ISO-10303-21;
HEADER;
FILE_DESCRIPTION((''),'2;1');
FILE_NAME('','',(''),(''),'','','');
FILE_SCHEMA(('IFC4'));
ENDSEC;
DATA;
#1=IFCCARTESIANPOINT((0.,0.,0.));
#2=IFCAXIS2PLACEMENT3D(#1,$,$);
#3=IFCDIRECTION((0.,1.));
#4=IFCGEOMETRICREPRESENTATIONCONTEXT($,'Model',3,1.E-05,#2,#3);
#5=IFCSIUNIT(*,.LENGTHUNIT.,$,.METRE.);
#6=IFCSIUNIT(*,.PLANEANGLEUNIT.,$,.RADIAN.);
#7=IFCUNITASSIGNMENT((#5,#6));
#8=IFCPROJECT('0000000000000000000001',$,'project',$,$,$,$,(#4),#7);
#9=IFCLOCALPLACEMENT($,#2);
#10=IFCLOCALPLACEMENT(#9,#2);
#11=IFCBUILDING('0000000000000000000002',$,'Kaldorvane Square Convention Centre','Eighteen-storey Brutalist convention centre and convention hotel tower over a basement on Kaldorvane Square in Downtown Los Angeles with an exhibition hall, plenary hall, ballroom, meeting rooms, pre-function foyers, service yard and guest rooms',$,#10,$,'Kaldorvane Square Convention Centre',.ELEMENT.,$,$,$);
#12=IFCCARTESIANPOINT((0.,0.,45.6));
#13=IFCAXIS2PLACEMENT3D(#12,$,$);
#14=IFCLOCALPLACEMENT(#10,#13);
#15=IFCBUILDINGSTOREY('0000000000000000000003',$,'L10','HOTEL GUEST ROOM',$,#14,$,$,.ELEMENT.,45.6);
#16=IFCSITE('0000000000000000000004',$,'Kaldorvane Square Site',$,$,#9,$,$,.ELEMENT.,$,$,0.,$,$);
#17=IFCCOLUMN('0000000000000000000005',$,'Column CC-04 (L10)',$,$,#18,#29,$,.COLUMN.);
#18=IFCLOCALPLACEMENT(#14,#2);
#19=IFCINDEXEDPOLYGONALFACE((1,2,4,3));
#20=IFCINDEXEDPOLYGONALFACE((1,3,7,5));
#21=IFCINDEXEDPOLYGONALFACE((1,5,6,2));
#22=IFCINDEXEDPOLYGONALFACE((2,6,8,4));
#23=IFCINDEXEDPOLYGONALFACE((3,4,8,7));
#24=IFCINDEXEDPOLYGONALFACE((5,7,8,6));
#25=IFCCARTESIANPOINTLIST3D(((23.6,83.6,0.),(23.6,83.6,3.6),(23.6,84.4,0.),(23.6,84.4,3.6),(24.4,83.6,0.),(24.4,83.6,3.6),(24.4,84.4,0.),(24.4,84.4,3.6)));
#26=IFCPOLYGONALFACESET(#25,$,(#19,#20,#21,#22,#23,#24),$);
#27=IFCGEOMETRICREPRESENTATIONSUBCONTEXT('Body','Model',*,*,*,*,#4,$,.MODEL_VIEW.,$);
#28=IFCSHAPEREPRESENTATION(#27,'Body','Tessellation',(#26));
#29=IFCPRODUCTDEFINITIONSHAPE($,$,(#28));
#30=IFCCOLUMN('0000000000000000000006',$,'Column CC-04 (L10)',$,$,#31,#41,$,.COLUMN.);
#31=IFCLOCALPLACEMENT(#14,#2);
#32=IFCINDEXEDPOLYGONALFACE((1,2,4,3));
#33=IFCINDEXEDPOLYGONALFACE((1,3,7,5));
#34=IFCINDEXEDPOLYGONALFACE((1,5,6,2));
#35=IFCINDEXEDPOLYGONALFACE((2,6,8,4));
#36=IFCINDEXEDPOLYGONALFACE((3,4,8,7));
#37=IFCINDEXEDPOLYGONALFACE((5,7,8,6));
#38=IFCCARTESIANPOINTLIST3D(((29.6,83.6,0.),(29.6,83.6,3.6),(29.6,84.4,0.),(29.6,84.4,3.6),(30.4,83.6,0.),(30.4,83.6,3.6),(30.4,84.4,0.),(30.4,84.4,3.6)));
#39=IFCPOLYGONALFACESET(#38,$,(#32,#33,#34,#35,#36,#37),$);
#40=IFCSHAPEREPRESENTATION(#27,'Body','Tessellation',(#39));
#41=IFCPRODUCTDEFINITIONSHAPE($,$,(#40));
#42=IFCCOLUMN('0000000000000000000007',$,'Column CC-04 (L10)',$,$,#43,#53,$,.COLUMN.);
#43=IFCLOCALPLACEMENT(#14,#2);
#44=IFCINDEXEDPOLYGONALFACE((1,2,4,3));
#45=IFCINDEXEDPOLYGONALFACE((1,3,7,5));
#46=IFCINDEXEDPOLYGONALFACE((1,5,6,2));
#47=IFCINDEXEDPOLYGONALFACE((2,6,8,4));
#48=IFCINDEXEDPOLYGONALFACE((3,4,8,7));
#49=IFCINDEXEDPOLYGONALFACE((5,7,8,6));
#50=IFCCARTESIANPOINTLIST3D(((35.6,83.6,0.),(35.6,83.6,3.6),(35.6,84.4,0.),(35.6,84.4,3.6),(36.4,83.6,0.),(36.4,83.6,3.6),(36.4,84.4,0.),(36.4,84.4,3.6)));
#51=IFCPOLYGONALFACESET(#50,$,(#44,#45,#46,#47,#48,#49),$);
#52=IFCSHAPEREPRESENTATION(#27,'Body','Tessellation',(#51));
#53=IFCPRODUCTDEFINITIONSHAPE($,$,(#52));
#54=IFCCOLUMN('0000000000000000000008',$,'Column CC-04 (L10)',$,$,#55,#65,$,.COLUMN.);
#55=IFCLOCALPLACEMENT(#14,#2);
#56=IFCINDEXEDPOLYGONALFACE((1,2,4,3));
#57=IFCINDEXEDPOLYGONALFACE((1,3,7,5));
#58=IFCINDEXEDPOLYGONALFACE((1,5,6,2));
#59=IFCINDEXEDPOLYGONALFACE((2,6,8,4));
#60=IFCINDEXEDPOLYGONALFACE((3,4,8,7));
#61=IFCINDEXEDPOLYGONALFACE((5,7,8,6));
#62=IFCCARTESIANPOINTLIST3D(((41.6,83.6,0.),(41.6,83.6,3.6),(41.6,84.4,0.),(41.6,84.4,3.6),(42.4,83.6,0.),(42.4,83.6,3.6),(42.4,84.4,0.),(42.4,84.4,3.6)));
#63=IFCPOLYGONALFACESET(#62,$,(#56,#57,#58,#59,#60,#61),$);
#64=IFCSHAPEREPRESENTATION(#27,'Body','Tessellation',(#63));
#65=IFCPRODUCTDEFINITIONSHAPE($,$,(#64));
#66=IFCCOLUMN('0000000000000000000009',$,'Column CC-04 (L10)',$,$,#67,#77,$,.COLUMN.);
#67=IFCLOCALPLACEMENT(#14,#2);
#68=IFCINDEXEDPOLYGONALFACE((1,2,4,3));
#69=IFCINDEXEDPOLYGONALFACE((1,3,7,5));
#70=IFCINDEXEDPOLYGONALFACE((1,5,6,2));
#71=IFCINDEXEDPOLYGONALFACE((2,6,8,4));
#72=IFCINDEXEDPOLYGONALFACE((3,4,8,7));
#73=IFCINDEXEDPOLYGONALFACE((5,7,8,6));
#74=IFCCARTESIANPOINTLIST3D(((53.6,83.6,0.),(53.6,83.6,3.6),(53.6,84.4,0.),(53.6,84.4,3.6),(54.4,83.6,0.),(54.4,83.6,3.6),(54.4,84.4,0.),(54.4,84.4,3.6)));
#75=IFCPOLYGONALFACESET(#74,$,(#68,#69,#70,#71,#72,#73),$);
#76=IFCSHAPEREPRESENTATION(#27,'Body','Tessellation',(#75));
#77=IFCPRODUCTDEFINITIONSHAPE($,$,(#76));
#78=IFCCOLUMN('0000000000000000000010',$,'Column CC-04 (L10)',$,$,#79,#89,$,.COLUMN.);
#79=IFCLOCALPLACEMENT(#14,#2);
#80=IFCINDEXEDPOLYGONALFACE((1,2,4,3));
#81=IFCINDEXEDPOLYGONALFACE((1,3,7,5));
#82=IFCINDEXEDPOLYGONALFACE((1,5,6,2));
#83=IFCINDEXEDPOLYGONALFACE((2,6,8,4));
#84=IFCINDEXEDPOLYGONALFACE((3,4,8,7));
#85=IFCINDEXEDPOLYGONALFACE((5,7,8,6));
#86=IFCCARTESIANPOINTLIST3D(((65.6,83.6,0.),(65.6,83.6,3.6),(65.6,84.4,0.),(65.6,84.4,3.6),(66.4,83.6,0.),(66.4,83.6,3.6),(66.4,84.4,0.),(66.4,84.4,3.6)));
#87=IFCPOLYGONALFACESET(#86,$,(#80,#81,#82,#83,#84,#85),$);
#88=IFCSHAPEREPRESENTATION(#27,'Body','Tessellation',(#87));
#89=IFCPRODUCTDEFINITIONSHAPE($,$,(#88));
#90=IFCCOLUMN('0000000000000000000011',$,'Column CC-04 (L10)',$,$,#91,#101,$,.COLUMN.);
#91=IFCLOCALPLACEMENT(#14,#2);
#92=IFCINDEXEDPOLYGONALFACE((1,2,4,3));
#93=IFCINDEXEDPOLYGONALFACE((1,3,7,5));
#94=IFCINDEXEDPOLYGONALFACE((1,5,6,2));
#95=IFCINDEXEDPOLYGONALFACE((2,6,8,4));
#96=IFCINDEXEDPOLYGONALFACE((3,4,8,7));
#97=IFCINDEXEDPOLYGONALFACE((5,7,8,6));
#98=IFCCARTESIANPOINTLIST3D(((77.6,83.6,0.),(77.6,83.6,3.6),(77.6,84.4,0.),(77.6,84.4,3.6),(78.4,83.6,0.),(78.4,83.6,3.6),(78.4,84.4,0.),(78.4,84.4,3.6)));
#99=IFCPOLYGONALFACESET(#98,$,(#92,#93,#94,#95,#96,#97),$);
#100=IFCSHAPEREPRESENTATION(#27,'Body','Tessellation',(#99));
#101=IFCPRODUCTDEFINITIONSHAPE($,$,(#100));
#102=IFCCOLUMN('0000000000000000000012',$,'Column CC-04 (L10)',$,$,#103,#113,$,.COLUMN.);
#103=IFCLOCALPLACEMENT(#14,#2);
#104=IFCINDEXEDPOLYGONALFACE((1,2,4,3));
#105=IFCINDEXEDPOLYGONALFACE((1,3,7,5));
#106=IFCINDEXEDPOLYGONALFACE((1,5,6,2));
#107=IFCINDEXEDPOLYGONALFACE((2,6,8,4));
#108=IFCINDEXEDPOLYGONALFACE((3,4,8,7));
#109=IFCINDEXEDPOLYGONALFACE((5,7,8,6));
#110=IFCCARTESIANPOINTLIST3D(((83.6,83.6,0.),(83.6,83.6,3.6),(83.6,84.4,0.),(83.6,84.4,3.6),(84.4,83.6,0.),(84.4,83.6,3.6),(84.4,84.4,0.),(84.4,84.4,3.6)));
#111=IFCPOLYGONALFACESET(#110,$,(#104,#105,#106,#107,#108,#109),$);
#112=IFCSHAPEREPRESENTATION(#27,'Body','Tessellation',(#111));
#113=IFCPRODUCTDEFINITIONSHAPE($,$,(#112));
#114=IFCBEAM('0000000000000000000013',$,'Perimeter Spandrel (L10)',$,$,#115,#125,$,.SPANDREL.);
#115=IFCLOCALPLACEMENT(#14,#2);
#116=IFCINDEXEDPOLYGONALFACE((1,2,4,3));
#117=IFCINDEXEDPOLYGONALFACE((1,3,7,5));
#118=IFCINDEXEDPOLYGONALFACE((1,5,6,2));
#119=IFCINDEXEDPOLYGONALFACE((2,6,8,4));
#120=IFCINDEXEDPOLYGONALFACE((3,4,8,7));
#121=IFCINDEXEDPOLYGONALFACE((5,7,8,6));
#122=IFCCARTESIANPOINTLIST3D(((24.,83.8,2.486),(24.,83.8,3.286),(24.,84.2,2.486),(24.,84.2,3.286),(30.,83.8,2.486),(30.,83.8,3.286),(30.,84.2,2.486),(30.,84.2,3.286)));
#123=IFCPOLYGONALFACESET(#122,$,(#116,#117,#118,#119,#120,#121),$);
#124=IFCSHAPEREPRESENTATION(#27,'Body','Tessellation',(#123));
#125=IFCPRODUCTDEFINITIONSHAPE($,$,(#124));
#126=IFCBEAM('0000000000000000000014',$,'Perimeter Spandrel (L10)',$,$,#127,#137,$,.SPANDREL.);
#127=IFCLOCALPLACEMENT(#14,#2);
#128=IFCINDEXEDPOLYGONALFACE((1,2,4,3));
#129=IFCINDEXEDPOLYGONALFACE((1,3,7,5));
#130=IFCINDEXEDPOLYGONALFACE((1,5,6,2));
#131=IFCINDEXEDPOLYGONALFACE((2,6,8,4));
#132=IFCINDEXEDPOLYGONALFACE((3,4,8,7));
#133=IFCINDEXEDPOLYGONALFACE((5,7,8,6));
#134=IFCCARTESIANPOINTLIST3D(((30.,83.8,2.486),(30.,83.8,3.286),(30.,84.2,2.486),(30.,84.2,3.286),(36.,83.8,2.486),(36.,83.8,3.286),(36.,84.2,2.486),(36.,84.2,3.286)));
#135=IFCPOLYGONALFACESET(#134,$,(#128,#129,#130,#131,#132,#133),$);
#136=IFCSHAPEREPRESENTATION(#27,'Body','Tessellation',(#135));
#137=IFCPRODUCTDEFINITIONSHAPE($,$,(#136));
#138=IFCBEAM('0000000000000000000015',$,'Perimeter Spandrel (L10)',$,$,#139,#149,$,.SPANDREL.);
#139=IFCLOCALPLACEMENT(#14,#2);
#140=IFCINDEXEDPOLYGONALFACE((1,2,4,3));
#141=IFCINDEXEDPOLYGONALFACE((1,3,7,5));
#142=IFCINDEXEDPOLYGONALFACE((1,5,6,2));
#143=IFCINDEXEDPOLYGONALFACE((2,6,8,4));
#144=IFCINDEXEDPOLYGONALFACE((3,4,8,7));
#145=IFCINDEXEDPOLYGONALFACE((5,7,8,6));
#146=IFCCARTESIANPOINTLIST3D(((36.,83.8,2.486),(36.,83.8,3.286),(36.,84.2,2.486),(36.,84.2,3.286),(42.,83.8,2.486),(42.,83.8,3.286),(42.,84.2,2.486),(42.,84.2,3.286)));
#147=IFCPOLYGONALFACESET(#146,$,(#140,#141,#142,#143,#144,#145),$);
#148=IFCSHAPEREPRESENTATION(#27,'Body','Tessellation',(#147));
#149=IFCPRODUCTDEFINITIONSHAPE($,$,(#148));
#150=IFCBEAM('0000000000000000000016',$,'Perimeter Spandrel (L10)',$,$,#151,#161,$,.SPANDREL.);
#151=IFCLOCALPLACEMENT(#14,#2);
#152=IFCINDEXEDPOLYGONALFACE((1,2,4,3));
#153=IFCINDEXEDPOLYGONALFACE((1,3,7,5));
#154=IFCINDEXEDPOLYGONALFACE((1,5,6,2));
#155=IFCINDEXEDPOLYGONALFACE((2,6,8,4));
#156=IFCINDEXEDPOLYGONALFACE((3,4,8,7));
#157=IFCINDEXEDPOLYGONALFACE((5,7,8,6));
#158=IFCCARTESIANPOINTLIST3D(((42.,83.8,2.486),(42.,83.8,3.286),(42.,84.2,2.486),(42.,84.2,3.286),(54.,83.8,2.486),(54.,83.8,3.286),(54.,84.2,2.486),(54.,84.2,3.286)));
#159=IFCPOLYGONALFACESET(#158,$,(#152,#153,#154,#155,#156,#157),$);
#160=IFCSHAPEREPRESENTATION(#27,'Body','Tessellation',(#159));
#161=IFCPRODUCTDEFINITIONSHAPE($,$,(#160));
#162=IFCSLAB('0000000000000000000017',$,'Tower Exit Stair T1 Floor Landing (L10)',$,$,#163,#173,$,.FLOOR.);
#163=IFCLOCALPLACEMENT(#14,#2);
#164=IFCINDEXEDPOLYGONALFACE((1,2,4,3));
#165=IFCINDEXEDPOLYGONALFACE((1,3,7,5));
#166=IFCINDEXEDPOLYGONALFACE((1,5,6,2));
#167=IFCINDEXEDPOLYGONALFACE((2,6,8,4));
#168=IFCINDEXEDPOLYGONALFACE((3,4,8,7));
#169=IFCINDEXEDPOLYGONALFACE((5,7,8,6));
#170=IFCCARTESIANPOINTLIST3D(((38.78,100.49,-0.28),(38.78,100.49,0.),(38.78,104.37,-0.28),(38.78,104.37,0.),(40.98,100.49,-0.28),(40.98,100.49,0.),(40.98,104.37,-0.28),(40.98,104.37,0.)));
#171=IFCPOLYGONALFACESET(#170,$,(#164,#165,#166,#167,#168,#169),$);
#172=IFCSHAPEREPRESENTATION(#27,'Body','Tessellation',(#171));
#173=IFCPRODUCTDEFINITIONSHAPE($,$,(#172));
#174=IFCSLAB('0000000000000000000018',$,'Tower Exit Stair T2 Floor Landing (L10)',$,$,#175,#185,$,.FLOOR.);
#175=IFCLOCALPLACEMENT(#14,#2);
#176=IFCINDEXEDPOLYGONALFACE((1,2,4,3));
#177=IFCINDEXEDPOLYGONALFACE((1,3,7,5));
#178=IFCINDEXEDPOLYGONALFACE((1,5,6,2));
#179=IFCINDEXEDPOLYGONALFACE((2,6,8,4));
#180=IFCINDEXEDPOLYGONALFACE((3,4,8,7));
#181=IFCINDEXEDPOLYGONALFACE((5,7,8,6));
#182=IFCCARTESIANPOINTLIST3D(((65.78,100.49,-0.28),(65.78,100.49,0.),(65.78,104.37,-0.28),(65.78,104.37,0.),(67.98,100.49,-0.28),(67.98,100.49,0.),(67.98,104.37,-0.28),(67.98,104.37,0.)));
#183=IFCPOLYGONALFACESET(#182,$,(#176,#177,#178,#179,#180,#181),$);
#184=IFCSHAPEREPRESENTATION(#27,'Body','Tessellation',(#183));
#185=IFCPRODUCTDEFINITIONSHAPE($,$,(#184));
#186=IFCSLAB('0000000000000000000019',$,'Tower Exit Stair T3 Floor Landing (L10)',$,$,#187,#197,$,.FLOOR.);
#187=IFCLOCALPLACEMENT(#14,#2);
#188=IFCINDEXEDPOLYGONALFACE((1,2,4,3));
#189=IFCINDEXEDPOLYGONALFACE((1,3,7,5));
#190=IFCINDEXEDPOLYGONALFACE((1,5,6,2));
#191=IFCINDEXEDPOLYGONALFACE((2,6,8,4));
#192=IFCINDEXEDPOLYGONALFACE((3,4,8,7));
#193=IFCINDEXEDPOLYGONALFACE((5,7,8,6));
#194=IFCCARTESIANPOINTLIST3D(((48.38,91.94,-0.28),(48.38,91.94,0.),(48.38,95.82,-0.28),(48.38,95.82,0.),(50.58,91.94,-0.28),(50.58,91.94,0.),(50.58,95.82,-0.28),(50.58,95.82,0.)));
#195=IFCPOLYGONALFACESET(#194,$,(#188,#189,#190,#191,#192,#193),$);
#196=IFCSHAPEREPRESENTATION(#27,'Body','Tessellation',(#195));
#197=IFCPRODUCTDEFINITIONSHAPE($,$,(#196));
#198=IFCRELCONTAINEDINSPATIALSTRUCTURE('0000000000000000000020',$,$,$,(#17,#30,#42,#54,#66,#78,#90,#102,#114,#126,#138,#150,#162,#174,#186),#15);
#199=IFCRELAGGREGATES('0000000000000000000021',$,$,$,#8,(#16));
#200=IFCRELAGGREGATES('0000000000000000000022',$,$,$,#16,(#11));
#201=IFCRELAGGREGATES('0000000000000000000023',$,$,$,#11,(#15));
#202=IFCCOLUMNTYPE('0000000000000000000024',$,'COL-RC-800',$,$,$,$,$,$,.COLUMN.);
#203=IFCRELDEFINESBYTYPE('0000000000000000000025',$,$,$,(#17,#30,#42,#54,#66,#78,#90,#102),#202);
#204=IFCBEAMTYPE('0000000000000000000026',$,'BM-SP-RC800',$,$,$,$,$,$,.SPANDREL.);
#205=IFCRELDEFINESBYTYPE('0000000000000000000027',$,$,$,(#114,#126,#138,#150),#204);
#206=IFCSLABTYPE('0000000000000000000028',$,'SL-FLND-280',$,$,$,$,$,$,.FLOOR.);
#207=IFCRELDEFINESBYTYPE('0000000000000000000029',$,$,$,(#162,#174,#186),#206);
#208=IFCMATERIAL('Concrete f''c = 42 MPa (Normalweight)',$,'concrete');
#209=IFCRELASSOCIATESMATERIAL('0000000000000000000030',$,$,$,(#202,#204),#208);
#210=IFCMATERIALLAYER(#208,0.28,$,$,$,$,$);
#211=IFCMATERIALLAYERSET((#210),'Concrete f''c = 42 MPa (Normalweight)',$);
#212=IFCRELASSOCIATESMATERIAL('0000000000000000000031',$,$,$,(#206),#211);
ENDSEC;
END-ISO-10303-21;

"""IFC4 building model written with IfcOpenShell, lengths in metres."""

from ifc_helpers import new_model, si_unit, direction, frame, origin, origin_2d, place, context, subcontext, project, spatial, polyline, rectangle, outline, extrude, material, layer, layer_set, material_profile, profile_set, type_object, element, save


model = new_model("IFC4")

# Units and contexts
model_context = context("Model", 3, precision=1e-05, world=origin(), true_north=direction((0.0, 1.0)))
body_context = subcontext(model_context, "Body", "Model", "MODEL_VIEW")
ifc_project = project(units=[si_unit("LENGTHUNIT", "METRE"), si_unit("PLANEANGLEUNIT", "RADIAN")], contexts=[model_context])

# Site, building, storey
site_placement = place(None, origin())
site = spatial("IfcSite", under=ifc_project, at=site_placement, Name="Kaldorvane Square Site", CompositionType="ELEMENT", RefElevation=0.0)
building_placement = place(site_placement, origin())
building = spatial("IfcBuilding", under=site, at=building_placement, Name="Kaldorvane Square Convention Centre", Description="Eighteen-storey Brutalist convention centre and convention hotel tower over a basement on Kaldorvane Square in Downtown Los Angeles with an exhibition hall, plenary hall, ballroom, meeting rooms, pre-function foyers, service yard and guest rooms", LongName="Kaldorvane Square Convention Centre", CompositionType="ELEMENT")
storey_placement = place(building_placement, frame((0.0, 0.0, 45.6)))
storey = spatial("IfcBuildingStorey", under=building, at=storey_placement, Name="L10", Description="HOTEL GUEST ROOM", CompositionType="ELEMENT", Elevation=45.6)

# Columns
ifc_material = material(Name="Concrete f'c = 42 MPa (Normalweight)", Category="concrete")
ifc_material_profile_1 = material_profile(ifc_material, rectangle(XDim=0.8, YDim=0.8, at=origin_2d()), Name="RC800X800")
ifc_profile_set_1 = profile_set([ifc_material_profile_1], Name="Concrete f'c = 42 MPa (Normalweight)")
column_type = type_object("IfcColumnType", Name="COL-RC-800", PredefinedType="COLUMN", material=ifc_profile_set_1)
for number, where, z_axis, x_axis, name in (
    (1, (24.0, 84.0, 0.0), (0.0, 0.0, 1.0), (1.0, 0.0, 0.0), "Column CC-04 (L10)"),
    (2, (30.0, 84.0, 0.0), (0.0, 0.0, 1.0), (1.0, 0.0, 0.0), "Column CC-04 (L10)"),
    (3, (36.0, 84.0, 0.0), (0.0, 0.0, 1.0), (1.0, 0.0, 0.0), "Column CC-04 (L10)"),
    (4, (42.0, 84.0, 0.0), (0.0, 0.0, 1.0), (1.0, 0.0, 0.0), "Column CC-04 (L10)"),
    (5, (54.0, 84.0, 0.0), (0.0, 0.0, 1.0), (1.0, 0.0, 0.0), "Column CC-04 (L10)"),
    (6, (66.0, 84.0, 0.0), (0.0, 0.0, 1.0), (1.0, 0.0, 0.0), "Column CC-04 (L10)"),
    (7, (78.0, 84.0, 0.0), (0.0, 0.0, 1.0), (1.0, 0.0, 0.0), "Column CC-04 (L10)"),
    (8, (84.0, 84.0, 0.0), (0.0, 0.0, 1.0), (1.0, 0.0, 0.0), "Column CC-04 (L10)"),
):
    element("IfcColumn", number, at=place(storey_placement, frame(where, z_axis=z_axis, x_axis=x_axis)), inside=storey, type_object=column_type, Name=name, PredefinedType="COLUMN", context=body_context, shape_type="SweptSolid", body=[
        extrude(rectangle(XDim=0.8, YDim=0.8, at=origin_2d()), origin(), (0.0, 0.0, 1.0), 3.6),
    ])

# Beams
ifc_material_profile_2 = material_profile(ifc_material, rectangle(XDim=0.4, YDim=0.8, at=origin_2d()), Name="RCSP800X400")
ifc_profile_set_2 = profile_set([ifc_material_profile_2], Name="Concrete f'c = 42 MPa (Normalweight)")
beam_type = type_object("IfcBeamType", Name="BM-SP-RC800", PredefinedType="SPANDREL", material=ifc_profile_set_2)
for number, where, z_axis, x_axis, name in (
    (9, (24.0, 84.0, 2.886), (1.0, 0.0, 0.0), (0.0, 1.0, 0.0), "Perimeter Spandrel (L10)"),
    (10, (30.0, 84.0, 2.886), (1.0, 0.0, 0.0), (0.0, 1.0, 0.0), "Perimeter Spandrel (L10)"),
    (11, (36.0, 84.0, 2.886), (1.0, 0.0, 0.0), (0.0, 1.0, 0.0), "Perimeter Spandrel (L10)"),
):
    element("IfcBeam", number, at=place(storey_placement, frame(where, z_axis=z_axis, x_axis=x_axis)), inside=storey, type_object=beam_type, Name=name, PredefinedType="SPANDREL", context=body_context, shape_type="SweptSolid", body=[
        extrude(rectangle(XDim=0.4, YDim=0.8, at=origin_2d()), origin(), (0.0, 0.0, 1.0), 6.0),
    ])
beam_placement = place(storey_placement, frame((42.0, 84.0, 2.886), z_axis=(1.0, 0.0, 0.0), x_axis=(0.0, 1.0, 0.0)))
element("IfcBeam", 12, at=beam_placement, inside=storey, type_object=beam_type, Name="Perimeter Spandrel (L10)", PredefinedType="SPANDREL", context=body_context, shape_type="SweptSolid", body=[
    extrude(rectangle(XDim=0.4, YDim=0.8, at=origin_2d()), origin(), (0.0, 0.0, 1.0), 12.0),
])

# Slabs
ifc_layer_1 = layer(ifc_material, 0.28)
ifc_layer_set_1 = layer_set([ifc_layer_1], Name="Concrete f'c = 42 MPa (Normalweight)")
slab_type_1 = type_object("IfcSlabType", Name="SL-FLND-280", PredefinedType="FLOOR", material=ifc_layer_set_1)
slab_1_placement = place(storey_placement, frame((0.0, 0.0, -0.28)))
element("IfcSlab", 13, at=slab_1_placement, inside=storey, type_object=slab_type_1, Name="Tower Exit Stair T1 Floor Landing (L10)", PredefinedType="FLOOR", context=body_context, shape_type="SweptSolid", body=[
    extrude(outline(polyline([(38.78, 100.49), (40.98, 100.49), (40.98, 104.37), (38.78, 104.37), (38.78, 100.49)])), origin(), (0.0, 0.0, 1.0), 0.28),
])
slab_2_placement = place(storey_placement, frame((0.0, 0.0, -0.28)))
element("IfcSlab", 14, at=slab_2_placement, inside=storey, type_object=slab_type_1, Name="Tower Exit Stair T2 Floor Landing (L10)", PredefinedType="FLOOR", context=body_context, shape_type="SweptSolid", body=[
    extrude(outline(polyline([(65.78, 100.49), (67.98, 100.49), (67.98, 104.37), (65.78, 104.37), (65.78, 100.49)])), origin(), (0.0, 0.0, 1.0), 0.28),
])
slab_3_placement = place(storey_placement, frame((0.0, 0.0, -0.28)))
element("IfcSlab", 15, at=slab_3_placement, inside=storey, type_object=slab_type_1, Name="Tower Exit Stair T3 Floor Landing (L10)", PredefinedType="FLOOR", context=body_context, shape_type="SweptSolid", body=[
    extrude(outline(polyline([(48.38, 91.94), (50.58, 91.94), (50.58, 95.82), (48.38, 95.82), (48.38, 91.94)])), origin(), (0.0, 0.0, 1.0), 0.28),
])

save(model, "model.ifc")
